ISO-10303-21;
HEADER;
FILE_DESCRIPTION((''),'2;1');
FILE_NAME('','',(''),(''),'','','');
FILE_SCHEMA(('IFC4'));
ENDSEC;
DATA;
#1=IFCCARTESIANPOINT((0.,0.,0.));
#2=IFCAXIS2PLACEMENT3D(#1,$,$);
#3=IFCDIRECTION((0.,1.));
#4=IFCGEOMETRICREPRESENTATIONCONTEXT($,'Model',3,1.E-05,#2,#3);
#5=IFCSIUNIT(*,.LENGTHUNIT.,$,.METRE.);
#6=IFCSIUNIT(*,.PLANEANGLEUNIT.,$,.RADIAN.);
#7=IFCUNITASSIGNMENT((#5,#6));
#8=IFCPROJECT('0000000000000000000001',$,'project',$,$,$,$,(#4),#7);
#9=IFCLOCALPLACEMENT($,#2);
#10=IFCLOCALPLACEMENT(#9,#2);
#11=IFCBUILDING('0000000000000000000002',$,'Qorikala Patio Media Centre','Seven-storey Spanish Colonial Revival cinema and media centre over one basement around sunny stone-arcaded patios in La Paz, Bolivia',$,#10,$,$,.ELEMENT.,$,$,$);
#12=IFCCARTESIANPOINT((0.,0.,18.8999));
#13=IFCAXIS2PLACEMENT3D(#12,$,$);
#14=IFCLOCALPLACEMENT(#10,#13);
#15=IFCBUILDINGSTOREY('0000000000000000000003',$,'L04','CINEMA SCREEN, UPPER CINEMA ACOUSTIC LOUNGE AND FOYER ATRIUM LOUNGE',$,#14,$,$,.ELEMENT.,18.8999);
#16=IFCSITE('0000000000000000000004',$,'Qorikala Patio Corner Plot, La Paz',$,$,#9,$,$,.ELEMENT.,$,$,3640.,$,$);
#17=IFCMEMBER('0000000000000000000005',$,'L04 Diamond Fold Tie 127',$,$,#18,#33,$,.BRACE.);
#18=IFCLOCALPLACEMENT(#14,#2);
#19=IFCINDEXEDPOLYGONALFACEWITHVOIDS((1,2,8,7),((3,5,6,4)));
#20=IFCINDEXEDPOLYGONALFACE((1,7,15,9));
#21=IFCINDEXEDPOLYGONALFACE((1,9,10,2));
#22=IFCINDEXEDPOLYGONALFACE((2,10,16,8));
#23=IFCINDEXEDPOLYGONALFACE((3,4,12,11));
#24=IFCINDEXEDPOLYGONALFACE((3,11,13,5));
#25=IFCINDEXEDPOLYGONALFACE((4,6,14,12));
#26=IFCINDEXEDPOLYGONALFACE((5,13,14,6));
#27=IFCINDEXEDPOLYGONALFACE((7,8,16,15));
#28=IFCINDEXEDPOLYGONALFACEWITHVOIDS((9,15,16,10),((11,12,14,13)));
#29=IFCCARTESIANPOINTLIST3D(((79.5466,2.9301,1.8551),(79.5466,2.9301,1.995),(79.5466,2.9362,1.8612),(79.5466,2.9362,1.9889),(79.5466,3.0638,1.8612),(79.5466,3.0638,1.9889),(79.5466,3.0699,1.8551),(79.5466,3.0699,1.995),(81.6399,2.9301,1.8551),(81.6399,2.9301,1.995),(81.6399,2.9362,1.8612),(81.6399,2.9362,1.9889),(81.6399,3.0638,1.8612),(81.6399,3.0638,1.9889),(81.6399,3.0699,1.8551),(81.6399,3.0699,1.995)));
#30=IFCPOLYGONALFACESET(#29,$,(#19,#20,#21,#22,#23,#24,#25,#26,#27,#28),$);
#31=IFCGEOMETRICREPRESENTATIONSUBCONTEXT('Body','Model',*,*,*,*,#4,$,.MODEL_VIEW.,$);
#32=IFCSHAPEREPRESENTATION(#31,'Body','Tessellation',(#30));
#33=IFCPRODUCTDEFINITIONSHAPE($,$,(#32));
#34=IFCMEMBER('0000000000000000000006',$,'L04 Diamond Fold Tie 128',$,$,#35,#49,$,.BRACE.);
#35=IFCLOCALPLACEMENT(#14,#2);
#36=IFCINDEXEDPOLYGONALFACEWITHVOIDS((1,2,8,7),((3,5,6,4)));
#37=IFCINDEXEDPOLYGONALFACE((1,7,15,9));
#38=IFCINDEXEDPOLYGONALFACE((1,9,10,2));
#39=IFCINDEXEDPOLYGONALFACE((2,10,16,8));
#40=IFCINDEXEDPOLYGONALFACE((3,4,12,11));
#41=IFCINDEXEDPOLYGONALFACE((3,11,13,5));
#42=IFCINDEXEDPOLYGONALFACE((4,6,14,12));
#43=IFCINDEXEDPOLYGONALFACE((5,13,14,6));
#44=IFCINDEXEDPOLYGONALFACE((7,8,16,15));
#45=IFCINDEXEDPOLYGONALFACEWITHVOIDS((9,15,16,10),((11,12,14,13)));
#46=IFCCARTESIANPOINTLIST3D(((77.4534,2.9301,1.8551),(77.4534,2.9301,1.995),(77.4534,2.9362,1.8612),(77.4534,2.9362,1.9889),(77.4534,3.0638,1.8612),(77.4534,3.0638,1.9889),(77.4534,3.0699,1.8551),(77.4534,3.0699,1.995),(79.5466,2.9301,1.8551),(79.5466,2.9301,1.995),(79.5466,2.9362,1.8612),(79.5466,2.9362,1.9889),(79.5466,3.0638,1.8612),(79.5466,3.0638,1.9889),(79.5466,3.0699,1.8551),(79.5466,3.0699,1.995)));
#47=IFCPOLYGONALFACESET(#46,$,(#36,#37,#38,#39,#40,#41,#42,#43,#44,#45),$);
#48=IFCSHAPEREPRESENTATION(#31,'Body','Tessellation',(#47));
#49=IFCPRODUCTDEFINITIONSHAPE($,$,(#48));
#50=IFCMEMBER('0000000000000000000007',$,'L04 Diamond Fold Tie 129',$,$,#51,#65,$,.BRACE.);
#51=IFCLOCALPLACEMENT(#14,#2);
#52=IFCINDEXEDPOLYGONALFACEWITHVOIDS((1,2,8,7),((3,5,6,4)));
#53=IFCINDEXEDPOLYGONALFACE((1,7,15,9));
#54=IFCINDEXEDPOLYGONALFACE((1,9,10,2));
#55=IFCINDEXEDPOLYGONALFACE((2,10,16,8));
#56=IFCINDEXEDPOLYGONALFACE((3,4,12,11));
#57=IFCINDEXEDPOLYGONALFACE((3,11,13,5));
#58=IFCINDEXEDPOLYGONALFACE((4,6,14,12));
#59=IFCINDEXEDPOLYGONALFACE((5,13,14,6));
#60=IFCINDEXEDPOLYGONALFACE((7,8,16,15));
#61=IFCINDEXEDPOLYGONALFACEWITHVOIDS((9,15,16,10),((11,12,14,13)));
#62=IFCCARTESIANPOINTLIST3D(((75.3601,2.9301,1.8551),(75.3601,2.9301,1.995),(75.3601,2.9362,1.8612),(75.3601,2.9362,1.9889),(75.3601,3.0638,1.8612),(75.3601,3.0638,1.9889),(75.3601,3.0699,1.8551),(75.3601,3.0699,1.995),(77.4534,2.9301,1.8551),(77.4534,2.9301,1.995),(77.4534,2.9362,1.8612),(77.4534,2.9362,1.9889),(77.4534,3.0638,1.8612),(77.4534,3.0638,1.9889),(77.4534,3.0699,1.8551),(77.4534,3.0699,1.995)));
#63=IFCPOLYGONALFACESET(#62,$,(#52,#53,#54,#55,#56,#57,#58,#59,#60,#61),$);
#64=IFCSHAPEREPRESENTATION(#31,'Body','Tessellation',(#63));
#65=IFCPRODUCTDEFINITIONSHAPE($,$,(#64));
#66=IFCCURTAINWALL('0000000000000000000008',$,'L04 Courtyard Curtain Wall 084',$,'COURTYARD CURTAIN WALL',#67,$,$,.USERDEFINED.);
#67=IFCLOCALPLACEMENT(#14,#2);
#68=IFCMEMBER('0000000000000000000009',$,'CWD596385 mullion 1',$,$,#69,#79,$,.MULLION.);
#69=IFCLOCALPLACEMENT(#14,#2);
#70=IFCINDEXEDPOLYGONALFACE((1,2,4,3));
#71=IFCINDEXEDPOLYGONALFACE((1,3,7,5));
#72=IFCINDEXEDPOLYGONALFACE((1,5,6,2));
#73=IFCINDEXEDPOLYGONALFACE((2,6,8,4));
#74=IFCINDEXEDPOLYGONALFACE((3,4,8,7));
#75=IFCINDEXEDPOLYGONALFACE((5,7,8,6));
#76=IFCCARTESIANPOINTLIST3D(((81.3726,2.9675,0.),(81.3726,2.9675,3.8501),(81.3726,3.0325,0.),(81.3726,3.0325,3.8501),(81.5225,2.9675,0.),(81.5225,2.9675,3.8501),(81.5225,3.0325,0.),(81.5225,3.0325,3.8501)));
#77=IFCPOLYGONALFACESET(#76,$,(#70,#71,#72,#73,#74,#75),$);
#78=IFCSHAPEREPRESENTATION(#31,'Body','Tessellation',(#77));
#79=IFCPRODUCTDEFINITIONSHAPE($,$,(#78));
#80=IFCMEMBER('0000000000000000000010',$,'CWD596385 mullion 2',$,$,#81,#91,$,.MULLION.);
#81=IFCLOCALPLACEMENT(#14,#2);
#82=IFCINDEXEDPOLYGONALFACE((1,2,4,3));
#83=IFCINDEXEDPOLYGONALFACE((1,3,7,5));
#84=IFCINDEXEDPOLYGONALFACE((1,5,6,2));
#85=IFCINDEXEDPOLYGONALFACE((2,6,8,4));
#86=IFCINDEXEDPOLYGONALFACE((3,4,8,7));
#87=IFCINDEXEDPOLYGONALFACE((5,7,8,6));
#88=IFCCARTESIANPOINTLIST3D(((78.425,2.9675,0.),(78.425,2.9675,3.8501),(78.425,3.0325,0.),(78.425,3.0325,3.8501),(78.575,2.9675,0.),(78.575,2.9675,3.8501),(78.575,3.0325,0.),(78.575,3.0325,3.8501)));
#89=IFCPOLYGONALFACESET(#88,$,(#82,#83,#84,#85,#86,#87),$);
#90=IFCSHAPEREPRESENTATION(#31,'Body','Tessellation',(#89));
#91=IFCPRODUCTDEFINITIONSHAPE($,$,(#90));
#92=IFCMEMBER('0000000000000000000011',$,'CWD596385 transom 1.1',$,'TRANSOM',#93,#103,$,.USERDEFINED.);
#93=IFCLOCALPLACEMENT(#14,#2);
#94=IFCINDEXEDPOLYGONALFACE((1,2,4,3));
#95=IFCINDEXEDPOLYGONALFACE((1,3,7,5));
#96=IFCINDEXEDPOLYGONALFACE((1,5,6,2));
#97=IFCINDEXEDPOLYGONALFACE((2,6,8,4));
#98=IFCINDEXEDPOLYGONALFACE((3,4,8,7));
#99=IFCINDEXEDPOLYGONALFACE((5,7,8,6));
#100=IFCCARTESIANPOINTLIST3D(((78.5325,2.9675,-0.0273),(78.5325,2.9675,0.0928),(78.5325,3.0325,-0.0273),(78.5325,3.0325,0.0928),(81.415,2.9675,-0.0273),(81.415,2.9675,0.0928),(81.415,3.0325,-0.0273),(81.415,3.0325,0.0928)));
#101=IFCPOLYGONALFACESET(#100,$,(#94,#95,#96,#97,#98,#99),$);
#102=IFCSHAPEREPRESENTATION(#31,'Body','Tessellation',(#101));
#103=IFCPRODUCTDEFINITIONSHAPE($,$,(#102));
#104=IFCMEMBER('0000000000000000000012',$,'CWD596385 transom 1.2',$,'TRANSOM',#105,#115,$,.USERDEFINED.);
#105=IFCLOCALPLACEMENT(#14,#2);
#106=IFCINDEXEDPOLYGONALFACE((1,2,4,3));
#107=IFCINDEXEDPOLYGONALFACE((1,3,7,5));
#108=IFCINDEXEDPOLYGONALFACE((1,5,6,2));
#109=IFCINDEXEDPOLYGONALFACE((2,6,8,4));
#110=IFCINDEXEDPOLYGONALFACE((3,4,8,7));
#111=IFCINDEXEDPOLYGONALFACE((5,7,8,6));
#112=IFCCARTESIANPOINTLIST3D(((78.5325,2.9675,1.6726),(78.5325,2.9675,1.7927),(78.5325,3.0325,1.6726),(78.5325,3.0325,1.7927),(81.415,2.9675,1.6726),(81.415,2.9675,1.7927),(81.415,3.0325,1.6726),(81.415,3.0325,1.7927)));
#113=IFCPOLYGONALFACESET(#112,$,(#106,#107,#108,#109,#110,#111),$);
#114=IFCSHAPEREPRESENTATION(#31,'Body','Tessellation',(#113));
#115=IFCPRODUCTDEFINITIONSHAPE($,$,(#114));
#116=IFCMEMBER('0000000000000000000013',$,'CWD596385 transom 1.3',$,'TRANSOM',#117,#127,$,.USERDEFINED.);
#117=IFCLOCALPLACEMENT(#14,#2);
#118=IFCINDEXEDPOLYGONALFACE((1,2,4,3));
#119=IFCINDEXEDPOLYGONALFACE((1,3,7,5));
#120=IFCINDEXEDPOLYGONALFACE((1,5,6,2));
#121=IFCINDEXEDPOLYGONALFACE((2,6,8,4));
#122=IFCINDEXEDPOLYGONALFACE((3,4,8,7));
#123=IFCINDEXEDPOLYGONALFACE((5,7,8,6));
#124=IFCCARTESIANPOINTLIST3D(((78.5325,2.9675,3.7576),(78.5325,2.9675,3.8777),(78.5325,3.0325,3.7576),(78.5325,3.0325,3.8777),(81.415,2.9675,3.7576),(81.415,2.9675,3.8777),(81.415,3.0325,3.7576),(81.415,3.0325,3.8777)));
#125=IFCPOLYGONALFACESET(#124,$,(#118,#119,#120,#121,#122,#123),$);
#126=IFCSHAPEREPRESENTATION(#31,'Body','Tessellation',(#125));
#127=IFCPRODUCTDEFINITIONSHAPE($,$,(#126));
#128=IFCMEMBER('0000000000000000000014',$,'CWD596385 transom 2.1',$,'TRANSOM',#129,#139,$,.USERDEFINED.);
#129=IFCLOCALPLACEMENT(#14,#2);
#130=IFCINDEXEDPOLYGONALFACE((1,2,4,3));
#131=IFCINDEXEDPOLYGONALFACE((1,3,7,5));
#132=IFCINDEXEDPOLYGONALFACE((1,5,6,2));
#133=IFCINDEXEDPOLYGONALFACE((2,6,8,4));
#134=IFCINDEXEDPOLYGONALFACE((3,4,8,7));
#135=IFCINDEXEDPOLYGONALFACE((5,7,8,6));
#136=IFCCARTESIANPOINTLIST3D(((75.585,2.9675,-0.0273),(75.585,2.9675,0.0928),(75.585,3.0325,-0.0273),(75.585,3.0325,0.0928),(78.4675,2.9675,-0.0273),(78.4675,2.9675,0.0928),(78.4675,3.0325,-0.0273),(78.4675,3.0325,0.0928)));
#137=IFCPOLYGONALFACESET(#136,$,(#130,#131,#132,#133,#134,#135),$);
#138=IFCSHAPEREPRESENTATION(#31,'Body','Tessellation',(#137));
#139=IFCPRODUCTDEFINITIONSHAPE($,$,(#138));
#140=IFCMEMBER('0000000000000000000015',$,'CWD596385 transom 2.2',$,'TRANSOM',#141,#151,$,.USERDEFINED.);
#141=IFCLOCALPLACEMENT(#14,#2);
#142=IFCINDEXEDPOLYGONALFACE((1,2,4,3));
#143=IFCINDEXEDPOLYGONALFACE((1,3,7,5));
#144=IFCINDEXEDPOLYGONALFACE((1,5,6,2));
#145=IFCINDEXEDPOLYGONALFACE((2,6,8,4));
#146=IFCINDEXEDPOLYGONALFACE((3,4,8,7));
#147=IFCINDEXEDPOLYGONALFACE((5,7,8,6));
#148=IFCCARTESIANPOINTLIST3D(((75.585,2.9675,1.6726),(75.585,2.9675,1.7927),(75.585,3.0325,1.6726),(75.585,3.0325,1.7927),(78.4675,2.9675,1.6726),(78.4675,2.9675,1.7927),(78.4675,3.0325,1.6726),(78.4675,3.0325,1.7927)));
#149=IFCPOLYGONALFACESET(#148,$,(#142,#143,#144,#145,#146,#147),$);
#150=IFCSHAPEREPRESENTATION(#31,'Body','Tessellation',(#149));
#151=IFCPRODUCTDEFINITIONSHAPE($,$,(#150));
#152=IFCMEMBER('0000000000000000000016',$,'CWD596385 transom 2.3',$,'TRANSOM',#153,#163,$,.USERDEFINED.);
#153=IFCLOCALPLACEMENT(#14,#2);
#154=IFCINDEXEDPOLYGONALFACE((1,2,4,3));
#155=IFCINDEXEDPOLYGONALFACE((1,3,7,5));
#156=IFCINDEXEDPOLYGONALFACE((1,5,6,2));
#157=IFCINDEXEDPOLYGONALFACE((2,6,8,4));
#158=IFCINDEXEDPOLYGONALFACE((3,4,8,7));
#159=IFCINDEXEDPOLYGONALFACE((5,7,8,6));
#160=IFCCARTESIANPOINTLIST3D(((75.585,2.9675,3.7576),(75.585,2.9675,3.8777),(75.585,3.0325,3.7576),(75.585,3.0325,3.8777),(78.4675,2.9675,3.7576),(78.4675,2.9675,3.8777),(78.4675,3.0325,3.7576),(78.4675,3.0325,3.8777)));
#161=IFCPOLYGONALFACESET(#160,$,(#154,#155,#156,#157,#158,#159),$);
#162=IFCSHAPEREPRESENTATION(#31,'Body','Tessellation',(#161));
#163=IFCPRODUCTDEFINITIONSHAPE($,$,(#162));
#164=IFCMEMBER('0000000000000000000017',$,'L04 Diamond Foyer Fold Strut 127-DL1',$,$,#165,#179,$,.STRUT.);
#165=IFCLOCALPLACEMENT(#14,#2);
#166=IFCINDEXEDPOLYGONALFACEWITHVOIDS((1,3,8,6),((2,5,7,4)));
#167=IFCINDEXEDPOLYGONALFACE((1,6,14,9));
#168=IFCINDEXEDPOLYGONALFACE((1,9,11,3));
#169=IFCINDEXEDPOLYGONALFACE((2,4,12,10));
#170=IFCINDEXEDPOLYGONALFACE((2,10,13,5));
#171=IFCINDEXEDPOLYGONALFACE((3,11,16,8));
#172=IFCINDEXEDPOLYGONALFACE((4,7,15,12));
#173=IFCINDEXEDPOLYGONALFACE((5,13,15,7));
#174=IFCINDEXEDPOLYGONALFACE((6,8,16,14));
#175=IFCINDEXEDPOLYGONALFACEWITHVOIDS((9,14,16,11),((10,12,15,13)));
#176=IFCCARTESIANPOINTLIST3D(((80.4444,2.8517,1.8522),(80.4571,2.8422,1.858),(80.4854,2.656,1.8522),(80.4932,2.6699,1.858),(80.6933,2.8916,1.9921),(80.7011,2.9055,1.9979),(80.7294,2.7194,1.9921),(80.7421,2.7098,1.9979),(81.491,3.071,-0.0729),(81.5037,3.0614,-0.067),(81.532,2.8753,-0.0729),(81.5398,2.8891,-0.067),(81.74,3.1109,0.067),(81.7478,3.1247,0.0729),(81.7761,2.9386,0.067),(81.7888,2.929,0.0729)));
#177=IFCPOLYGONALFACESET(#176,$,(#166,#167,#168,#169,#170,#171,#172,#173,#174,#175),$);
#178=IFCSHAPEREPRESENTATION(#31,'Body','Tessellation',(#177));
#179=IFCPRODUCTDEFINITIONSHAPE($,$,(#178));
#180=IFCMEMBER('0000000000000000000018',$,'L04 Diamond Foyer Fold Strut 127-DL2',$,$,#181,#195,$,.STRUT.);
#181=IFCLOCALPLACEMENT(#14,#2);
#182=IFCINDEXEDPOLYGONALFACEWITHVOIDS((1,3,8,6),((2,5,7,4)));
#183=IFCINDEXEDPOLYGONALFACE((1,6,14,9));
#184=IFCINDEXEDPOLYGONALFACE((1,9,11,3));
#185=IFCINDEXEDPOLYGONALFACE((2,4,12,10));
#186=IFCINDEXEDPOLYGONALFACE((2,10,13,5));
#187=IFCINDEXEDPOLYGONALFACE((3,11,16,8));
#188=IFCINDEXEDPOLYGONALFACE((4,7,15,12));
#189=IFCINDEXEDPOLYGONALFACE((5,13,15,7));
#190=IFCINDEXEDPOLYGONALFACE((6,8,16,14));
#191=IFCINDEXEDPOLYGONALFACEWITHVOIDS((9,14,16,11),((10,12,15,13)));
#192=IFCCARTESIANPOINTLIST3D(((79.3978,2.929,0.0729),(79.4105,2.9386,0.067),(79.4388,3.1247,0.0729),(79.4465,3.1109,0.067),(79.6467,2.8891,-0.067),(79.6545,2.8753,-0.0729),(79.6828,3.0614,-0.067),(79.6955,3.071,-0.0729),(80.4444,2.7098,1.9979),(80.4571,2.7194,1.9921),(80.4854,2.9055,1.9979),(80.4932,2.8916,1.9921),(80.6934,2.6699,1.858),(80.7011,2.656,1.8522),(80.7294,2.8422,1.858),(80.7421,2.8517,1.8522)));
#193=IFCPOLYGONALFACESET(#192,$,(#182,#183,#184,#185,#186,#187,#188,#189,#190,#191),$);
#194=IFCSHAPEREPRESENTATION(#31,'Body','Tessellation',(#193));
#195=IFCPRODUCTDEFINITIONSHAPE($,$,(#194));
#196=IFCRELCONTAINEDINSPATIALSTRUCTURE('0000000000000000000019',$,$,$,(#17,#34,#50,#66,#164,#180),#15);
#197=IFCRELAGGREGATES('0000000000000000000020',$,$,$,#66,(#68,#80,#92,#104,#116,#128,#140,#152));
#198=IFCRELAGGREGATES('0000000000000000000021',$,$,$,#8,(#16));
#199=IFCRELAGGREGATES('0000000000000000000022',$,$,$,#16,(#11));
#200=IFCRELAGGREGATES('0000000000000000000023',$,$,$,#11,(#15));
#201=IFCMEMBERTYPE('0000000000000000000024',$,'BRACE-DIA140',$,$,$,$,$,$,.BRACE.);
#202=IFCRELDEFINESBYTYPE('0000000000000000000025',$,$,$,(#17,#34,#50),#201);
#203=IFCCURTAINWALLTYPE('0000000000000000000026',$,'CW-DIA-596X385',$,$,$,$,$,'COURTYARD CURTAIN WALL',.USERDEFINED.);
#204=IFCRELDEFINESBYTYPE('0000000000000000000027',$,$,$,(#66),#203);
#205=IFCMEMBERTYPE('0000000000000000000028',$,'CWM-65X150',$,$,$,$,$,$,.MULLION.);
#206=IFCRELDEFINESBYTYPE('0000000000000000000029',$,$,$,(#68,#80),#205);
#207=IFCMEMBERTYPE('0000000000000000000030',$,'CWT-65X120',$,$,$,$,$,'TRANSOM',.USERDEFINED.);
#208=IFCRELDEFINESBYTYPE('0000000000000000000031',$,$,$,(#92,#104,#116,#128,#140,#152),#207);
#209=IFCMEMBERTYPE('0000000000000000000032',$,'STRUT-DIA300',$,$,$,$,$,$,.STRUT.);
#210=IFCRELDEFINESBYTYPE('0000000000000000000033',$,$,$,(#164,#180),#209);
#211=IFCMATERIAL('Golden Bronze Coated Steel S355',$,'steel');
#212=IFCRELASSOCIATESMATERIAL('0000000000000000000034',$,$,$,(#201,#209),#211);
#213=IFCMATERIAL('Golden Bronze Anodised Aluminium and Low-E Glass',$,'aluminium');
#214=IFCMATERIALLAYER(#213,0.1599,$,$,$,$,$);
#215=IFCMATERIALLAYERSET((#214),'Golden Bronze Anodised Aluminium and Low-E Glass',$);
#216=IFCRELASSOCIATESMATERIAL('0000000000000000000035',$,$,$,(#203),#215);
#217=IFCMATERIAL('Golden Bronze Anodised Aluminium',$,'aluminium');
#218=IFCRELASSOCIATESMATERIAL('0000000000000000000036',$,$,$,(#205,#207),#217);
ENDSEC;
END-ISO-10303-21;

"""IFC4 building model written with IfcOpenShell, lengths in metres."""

from ifc_helpers import new_model, si_unit, direction, frame, origin, origin_2d, place, context, subcontext, project, spatial, rectangle, hollow_rectangle, extrude, material, layer, layer_set, material_profile, profile_set, type_object, element, aggregate, save


model = new_model("IFC4")

# Units and contexts
model_context = context("Model", 3, precision=1e-05, world=origin(), true_north=direction((0.0, 1.0)))
body_context = subcontext(model_context, "Body", "Model", "MODEL_VIEW")
ifc_project = project(units=[si_unit("LENGTHUNIT", "METRE"), si_unit("PLANEANGLEUNIT", "RADIAN")], contexts=[model_context])

# Site, building, storey
site_placement = place(None, origin())
site = spatial("IfcSite", under=ifc_project, at=site_placement, Name="Qorikala Patio Corner Plot, La Paz", CompositionType="ELEMENT", RefElevation=3640.0)
building_placement = place(site_placement, origin())
building = spatial("IfcBuilding", under=site, at=building_placement, Name="Qorikala Patio Media Centre", Description="Seven-storey Spanish Colonial Revival cinema and media centre over one basement around sunny stone-arcaded patios in La Paz, Bolivia", CompositionType="ELEMENT")
storey_placement = place(building_placement, frame((0.0, 0.0, 18.8999)))
storey = spatial("IfcBuildingStorey", under=building, at=storey_placement, Name="L04", Description="CINEMA SCREEN, UPPER CINEMA ACOUSTIC LOUNGE AND FOYER ATRIUM LOUNGE", CompositionType="ELEMENT", Elevation=18.8999)

# Members
ifc_material_1 = material(Name="Golden Bronze Coated Steel S355", Category="steel")
ifc_material_profile_1 = material_profile(ifc_material_1, hollow_rectangle(XDim=0.1399, YDim=0.1399, WallThickness=0.0061, at=origin_2d()), Name="HSS140X140X6")
ifc_profile_set_1 = profile_set([ifc_material_profile_1], Name="Golden Bronze Coated Steel S355")
member_type_1 = type_object("IfcMemberType", Name="BRACE-DIA140", PredefinedType="BRACE", material=ifc_profile_set_1)
for number, where, z_axis, x_axis, name in (
    (1, (81.6399, 3.0, 1.925), (-1.0, 0.0, 0.0), (0.0, -1.0, 0.0), "L04 Diamond Fold Tie 127"),
    (2, (79.5466, 3.0, 1.925), (-1.0, 0.0, 0.0), (0.0, -1.0, 0.0), "L04 Diamond Fold Tie 128"),
    (3, (77.4534, 3.0, 1.925), (-1.0, 0.0, 0.0), (0.0, -1.0, 0.0), "L04 Diamond Fold Tie 129"),
):
    element("IfcMember", number, at=place(storey_placement, frame(where, z_axis=z_axis, x_axis=x_axis)), inside=storey, type_object=member_type_1, Name=name, PredefinedType="BRACE", context=body_context, shape_type="SweptSolid", body=[
        extrude(hollow_rectangle(XDim=0.1399, YDim=0.1399, WallThickness=0.0061, at=origin_2d()), origin(), (0.0, 0.0, 1.0), 2.0933),
    ])

# Curtain wall, members
ifc_material_2 = material(Name="Golden Bronze Anodised Aluminium and Low-E Glass", Category="aluminium")
ifc_layer_1 = layer(ifc_material_2, 0.1599)
ifc_layer_set_1 = layer_set([ifc_layer_1], Name="Golden Bronze Anodised Aluminium and Low-E Glass")
curtain_wall_type = type_object("IfcCurtainWallType", Name="CW-DIA-596X385", ElementType="COURTYARD CURTAIN WALL", PredefinedType="USERDEFINED", material=ifc_layer_set_1)
curtain_wall_placement = place(storey_placement, origin())
curtain_wall = element("IfcCurtainWall", 4, at=curtain_wall_placement, inside=storey, type_object=curtain_wall_type, Name="L04 Courtyard Curtain Wall 084", ObjectType="COURTYARD CURTAIN WALL", PredefinedType="USERDEFINED")
ifc_material_3 = material(Name="Golden Bronze Anodised Aluminium", Category="aluminium")
ifc_material_profile_2 = material_profile(ifc_material_3, rectangle(XDim=0.0649, YDim=0.1499, at=origin_2d()), Name="ALU MULLION 65x150")
ifc_profile_set_2 = profile_set([ifc_material_profile_2], Name="Golden Bronze Anodised Aluminium")
member_type_2 = type_object("IfcMemberType", Name="CWM-65X150", PredefinedType="MULLION", material=ifc_profile_set_2)
member_1_placement = place(storey_placement, frame((81.4475, 3.0, 0.0), z_axis=(0.0, 0.0, 1.0), x_axis=(0.0, -1.0, 0.0)))
member_1 = element("IfcMember", 5, at=member_1_placement, type_object=member_type_2, Name="CWD596385 mullion 1", PredefinedType="MULLION", context=body_context, shape_type="SweptSolid", body=[
    extrude(rectangle(XDim=0.0649, YDim=0.1499, at=origin_2d()), origin(), (0.0, 0.0, 1.0), 3.8501),
])
member_2_placement = place(storey_placement, frame((78.5, 3.0, 0.0), z_axis=(0.0, 0.0, 1.0), x_axis=(0.0, -1.0, 0.0)))
member_2 = element("IfcMember", 6, at=member_2_placement, type_object=member_type_2, Name="CWD596385 mullion 2", PredefinedType="MULLION", context=body_context, shape_type="SweptSolid", body=[
    extrude(rectangle(XDim=0.0649, YDim=0.1499, at=origin_2d()), origin(), (0.0, 0.0, 1.0), 3.8501),
])
ifc_material_profile_3 = material_profile(ifc_material_3, rectangle(XDim=0.0649, YDim=0.1201, at=origin_2d()), Name="ALU TRANSOM 65x120")
ifc_profile_set_3 = profile_set([ifc_material_profile_3], Name="Golden Bronze Anodised Aluminium")
member_type_3 = type_object("IfcMemberType", Name="CWT-65X120", ElementType="TRANSOM", PredefinedType="USERDEFINED", material=ifc_profile_set_3)
member_3_placement = place(storey_placement, frame((81.415, 3.0, 0.0327), z_axis=(-1.0, 0.0, 0.0), x_axis=(0.0, -1.0, 0.0)))
member_3 = element("IfcMember", 7, at=member_3_placement, type_object=member_type_3, Name="CWD596385 transom 1.1", ObjectType="TRANSOM", PredefinedType="USERDEFINED", context=body_context, shape_type="SweptSolid", body=[
    extrude(rectangle(XDim=0.0649, YDim=0.1201, at=origin_2d()), origin(), (0.0, 0.0, 1.0), 2.8826),
])
member_4_placement = place(storey_placement, frame((81.415, 3.0, 1.7327), z_axis=(-1.0, 0.0, 0.0), x_axis=(0.0, -1.0, 0.0)))
member_4 = element("IfcMember", 8, at=member_4_placement, type_object=member_type_3, Name="CWD596385 transom 1.2", ObjectType="TRANSOM", PredefinedType="USERDEFINED", context=body_context, shape_type="SweptSolid", body=[
    extrude(rectangle(XDim=0.0649, YDim=0.1201, at=origin_2d()), origin(), (0.0, 0.0, 1.0), 2.8826),
])
member_5_placement = place(storey_placement, frame((81.415, 3.0, 3.8176), z_axis=(-1.0, 0.0, 0.0), x_axis=(0.0, -1.0, 0.0)))
member_5 = element("IfcMember", 9, at=member_5_placement, type_object=member_type_3, Name="CWD596385 transom 1.3", ObjectType="TRANSOM", PredefinedType="USERDEFINED", context=body_context, shape_type="SweptSolid", body=[
    extrude(rectangle(XDim=0.0649, YDim=0.1201, at=origin_2d()), origin(), (0.0, 0.0, 1.0), 2.8826),
])
member_6_placement = place(storey_placement, frame((78.4675, 3.0, 0.0327), z_axis=(-1.0, 0.0, 0.0), x_axis=(0.0, -1.0, 0.0)))
member_6 = element("IfcMember", 10, at=member_6_placement, type_object=member_type_3, Name="CWD596385 transom 2.1", ObjectType="TRANSOM", PredefinedType="USERDEFINED", context=body_context, shape_type="SweptSolid", body=[
    extrude(rectangle(XDim=0.0649, YDim=0.1201, at=origin_2d()), origin(), (0.0, 0.0, 1.0), 2.8826),
])
member_7_placement = place(storey_placement, frame((78.4675, 3.0, 1.7327), z_axis=(-1.0, 0.0, 0.0), x_axis=(0.0, -1.0, 0.0)))
member_7 = element("IfcMember", 11, at=member_7_placement, type_object=member_type_3, Name="CWD596385 transom 2.2", ObjectType="TRANSOM", PredefinedType="USERDEFINED", context=body_context, shape_type="SweptSolid", body=[
    extrude(rectangle(XDim=0.0649, YDim=0.1201, at=origin_2d()), origin(), (0.0, 0.0, 1.0), 2.8826),
])
member_8_placement = place(storey_placement, frame((78.4675, 3.0, 3.8176), z_axis=(-1.0, 0.0, 0.0), x_axis=(0.0, -1.0, 0.0)))
member_8 = element("IfcMember", 12, at=member_8_placement, type_object=member_type_3, Name="CWD596385 transom 2.3", ObjectType="TRANSOM", PredefinedType="USERDEFINED", context=body_context, shape_type="SweptSolid", body=[
    extrude(rectangle(XDim=0.0649, YDim=0.1201, at=origin_2d()), origin(), (0.0, 0.0, 1.0), 2.8826),
])

# Members
ifc_material_profile_4 = material_profile(ifc_material_1, hollow_rectangle(XDim=0.2, YDim=0.3, WallThickness=0.012, at=origin_2d()), Name="HSS300X200X12")
ifc_profile_set_4 = profile_set([ifc_material_profile_4], Name="Golden Bronze Coated Steel S355")
member_type_4 = type_object("IfcMemberType", Name="STRUT-DIA300", PredefinedType="STRUT", material=ifc_profile_set_4)
for number, where, z_axis, x_axis, name in (
    (13, (81.6399, 3.0, 0.0), (-0.475284, -0.099558, 0.874181), (0.205021, -0.978758, 0.0), "L04 Diamond Foyer Fold Strut 127-DL1"),
    (14, (79.5466, 3.0, 0.0), (0.475284, -0.099558, 0.874181), (0.205021, 0.978758, 0.0), "L04 Diamond Foyer Fold Strut 127-DL2"),
):
    element("IfcMember", number, at=place(storey_placement, frame(where, z_axis=z_axis, x_axis=x_axis)), inside=storey, type_object=member_type_4, Name=name, PredefinedType="STRUT", context=body_context, shape_type="SweptSolid", body=[
        extrude(hollow_rectangle(XDim=0.2, YDim=0.3, WallThickness=0.012, at=origin_2d()), origin(), (0.0, 0.0, 1.0), 2.2021),
    ])

aggregate(curtain_wall, [member_1, member_2, member_3, member_4, member_5, member_6, member_7, member_8])

save(model, "model.ifc")
